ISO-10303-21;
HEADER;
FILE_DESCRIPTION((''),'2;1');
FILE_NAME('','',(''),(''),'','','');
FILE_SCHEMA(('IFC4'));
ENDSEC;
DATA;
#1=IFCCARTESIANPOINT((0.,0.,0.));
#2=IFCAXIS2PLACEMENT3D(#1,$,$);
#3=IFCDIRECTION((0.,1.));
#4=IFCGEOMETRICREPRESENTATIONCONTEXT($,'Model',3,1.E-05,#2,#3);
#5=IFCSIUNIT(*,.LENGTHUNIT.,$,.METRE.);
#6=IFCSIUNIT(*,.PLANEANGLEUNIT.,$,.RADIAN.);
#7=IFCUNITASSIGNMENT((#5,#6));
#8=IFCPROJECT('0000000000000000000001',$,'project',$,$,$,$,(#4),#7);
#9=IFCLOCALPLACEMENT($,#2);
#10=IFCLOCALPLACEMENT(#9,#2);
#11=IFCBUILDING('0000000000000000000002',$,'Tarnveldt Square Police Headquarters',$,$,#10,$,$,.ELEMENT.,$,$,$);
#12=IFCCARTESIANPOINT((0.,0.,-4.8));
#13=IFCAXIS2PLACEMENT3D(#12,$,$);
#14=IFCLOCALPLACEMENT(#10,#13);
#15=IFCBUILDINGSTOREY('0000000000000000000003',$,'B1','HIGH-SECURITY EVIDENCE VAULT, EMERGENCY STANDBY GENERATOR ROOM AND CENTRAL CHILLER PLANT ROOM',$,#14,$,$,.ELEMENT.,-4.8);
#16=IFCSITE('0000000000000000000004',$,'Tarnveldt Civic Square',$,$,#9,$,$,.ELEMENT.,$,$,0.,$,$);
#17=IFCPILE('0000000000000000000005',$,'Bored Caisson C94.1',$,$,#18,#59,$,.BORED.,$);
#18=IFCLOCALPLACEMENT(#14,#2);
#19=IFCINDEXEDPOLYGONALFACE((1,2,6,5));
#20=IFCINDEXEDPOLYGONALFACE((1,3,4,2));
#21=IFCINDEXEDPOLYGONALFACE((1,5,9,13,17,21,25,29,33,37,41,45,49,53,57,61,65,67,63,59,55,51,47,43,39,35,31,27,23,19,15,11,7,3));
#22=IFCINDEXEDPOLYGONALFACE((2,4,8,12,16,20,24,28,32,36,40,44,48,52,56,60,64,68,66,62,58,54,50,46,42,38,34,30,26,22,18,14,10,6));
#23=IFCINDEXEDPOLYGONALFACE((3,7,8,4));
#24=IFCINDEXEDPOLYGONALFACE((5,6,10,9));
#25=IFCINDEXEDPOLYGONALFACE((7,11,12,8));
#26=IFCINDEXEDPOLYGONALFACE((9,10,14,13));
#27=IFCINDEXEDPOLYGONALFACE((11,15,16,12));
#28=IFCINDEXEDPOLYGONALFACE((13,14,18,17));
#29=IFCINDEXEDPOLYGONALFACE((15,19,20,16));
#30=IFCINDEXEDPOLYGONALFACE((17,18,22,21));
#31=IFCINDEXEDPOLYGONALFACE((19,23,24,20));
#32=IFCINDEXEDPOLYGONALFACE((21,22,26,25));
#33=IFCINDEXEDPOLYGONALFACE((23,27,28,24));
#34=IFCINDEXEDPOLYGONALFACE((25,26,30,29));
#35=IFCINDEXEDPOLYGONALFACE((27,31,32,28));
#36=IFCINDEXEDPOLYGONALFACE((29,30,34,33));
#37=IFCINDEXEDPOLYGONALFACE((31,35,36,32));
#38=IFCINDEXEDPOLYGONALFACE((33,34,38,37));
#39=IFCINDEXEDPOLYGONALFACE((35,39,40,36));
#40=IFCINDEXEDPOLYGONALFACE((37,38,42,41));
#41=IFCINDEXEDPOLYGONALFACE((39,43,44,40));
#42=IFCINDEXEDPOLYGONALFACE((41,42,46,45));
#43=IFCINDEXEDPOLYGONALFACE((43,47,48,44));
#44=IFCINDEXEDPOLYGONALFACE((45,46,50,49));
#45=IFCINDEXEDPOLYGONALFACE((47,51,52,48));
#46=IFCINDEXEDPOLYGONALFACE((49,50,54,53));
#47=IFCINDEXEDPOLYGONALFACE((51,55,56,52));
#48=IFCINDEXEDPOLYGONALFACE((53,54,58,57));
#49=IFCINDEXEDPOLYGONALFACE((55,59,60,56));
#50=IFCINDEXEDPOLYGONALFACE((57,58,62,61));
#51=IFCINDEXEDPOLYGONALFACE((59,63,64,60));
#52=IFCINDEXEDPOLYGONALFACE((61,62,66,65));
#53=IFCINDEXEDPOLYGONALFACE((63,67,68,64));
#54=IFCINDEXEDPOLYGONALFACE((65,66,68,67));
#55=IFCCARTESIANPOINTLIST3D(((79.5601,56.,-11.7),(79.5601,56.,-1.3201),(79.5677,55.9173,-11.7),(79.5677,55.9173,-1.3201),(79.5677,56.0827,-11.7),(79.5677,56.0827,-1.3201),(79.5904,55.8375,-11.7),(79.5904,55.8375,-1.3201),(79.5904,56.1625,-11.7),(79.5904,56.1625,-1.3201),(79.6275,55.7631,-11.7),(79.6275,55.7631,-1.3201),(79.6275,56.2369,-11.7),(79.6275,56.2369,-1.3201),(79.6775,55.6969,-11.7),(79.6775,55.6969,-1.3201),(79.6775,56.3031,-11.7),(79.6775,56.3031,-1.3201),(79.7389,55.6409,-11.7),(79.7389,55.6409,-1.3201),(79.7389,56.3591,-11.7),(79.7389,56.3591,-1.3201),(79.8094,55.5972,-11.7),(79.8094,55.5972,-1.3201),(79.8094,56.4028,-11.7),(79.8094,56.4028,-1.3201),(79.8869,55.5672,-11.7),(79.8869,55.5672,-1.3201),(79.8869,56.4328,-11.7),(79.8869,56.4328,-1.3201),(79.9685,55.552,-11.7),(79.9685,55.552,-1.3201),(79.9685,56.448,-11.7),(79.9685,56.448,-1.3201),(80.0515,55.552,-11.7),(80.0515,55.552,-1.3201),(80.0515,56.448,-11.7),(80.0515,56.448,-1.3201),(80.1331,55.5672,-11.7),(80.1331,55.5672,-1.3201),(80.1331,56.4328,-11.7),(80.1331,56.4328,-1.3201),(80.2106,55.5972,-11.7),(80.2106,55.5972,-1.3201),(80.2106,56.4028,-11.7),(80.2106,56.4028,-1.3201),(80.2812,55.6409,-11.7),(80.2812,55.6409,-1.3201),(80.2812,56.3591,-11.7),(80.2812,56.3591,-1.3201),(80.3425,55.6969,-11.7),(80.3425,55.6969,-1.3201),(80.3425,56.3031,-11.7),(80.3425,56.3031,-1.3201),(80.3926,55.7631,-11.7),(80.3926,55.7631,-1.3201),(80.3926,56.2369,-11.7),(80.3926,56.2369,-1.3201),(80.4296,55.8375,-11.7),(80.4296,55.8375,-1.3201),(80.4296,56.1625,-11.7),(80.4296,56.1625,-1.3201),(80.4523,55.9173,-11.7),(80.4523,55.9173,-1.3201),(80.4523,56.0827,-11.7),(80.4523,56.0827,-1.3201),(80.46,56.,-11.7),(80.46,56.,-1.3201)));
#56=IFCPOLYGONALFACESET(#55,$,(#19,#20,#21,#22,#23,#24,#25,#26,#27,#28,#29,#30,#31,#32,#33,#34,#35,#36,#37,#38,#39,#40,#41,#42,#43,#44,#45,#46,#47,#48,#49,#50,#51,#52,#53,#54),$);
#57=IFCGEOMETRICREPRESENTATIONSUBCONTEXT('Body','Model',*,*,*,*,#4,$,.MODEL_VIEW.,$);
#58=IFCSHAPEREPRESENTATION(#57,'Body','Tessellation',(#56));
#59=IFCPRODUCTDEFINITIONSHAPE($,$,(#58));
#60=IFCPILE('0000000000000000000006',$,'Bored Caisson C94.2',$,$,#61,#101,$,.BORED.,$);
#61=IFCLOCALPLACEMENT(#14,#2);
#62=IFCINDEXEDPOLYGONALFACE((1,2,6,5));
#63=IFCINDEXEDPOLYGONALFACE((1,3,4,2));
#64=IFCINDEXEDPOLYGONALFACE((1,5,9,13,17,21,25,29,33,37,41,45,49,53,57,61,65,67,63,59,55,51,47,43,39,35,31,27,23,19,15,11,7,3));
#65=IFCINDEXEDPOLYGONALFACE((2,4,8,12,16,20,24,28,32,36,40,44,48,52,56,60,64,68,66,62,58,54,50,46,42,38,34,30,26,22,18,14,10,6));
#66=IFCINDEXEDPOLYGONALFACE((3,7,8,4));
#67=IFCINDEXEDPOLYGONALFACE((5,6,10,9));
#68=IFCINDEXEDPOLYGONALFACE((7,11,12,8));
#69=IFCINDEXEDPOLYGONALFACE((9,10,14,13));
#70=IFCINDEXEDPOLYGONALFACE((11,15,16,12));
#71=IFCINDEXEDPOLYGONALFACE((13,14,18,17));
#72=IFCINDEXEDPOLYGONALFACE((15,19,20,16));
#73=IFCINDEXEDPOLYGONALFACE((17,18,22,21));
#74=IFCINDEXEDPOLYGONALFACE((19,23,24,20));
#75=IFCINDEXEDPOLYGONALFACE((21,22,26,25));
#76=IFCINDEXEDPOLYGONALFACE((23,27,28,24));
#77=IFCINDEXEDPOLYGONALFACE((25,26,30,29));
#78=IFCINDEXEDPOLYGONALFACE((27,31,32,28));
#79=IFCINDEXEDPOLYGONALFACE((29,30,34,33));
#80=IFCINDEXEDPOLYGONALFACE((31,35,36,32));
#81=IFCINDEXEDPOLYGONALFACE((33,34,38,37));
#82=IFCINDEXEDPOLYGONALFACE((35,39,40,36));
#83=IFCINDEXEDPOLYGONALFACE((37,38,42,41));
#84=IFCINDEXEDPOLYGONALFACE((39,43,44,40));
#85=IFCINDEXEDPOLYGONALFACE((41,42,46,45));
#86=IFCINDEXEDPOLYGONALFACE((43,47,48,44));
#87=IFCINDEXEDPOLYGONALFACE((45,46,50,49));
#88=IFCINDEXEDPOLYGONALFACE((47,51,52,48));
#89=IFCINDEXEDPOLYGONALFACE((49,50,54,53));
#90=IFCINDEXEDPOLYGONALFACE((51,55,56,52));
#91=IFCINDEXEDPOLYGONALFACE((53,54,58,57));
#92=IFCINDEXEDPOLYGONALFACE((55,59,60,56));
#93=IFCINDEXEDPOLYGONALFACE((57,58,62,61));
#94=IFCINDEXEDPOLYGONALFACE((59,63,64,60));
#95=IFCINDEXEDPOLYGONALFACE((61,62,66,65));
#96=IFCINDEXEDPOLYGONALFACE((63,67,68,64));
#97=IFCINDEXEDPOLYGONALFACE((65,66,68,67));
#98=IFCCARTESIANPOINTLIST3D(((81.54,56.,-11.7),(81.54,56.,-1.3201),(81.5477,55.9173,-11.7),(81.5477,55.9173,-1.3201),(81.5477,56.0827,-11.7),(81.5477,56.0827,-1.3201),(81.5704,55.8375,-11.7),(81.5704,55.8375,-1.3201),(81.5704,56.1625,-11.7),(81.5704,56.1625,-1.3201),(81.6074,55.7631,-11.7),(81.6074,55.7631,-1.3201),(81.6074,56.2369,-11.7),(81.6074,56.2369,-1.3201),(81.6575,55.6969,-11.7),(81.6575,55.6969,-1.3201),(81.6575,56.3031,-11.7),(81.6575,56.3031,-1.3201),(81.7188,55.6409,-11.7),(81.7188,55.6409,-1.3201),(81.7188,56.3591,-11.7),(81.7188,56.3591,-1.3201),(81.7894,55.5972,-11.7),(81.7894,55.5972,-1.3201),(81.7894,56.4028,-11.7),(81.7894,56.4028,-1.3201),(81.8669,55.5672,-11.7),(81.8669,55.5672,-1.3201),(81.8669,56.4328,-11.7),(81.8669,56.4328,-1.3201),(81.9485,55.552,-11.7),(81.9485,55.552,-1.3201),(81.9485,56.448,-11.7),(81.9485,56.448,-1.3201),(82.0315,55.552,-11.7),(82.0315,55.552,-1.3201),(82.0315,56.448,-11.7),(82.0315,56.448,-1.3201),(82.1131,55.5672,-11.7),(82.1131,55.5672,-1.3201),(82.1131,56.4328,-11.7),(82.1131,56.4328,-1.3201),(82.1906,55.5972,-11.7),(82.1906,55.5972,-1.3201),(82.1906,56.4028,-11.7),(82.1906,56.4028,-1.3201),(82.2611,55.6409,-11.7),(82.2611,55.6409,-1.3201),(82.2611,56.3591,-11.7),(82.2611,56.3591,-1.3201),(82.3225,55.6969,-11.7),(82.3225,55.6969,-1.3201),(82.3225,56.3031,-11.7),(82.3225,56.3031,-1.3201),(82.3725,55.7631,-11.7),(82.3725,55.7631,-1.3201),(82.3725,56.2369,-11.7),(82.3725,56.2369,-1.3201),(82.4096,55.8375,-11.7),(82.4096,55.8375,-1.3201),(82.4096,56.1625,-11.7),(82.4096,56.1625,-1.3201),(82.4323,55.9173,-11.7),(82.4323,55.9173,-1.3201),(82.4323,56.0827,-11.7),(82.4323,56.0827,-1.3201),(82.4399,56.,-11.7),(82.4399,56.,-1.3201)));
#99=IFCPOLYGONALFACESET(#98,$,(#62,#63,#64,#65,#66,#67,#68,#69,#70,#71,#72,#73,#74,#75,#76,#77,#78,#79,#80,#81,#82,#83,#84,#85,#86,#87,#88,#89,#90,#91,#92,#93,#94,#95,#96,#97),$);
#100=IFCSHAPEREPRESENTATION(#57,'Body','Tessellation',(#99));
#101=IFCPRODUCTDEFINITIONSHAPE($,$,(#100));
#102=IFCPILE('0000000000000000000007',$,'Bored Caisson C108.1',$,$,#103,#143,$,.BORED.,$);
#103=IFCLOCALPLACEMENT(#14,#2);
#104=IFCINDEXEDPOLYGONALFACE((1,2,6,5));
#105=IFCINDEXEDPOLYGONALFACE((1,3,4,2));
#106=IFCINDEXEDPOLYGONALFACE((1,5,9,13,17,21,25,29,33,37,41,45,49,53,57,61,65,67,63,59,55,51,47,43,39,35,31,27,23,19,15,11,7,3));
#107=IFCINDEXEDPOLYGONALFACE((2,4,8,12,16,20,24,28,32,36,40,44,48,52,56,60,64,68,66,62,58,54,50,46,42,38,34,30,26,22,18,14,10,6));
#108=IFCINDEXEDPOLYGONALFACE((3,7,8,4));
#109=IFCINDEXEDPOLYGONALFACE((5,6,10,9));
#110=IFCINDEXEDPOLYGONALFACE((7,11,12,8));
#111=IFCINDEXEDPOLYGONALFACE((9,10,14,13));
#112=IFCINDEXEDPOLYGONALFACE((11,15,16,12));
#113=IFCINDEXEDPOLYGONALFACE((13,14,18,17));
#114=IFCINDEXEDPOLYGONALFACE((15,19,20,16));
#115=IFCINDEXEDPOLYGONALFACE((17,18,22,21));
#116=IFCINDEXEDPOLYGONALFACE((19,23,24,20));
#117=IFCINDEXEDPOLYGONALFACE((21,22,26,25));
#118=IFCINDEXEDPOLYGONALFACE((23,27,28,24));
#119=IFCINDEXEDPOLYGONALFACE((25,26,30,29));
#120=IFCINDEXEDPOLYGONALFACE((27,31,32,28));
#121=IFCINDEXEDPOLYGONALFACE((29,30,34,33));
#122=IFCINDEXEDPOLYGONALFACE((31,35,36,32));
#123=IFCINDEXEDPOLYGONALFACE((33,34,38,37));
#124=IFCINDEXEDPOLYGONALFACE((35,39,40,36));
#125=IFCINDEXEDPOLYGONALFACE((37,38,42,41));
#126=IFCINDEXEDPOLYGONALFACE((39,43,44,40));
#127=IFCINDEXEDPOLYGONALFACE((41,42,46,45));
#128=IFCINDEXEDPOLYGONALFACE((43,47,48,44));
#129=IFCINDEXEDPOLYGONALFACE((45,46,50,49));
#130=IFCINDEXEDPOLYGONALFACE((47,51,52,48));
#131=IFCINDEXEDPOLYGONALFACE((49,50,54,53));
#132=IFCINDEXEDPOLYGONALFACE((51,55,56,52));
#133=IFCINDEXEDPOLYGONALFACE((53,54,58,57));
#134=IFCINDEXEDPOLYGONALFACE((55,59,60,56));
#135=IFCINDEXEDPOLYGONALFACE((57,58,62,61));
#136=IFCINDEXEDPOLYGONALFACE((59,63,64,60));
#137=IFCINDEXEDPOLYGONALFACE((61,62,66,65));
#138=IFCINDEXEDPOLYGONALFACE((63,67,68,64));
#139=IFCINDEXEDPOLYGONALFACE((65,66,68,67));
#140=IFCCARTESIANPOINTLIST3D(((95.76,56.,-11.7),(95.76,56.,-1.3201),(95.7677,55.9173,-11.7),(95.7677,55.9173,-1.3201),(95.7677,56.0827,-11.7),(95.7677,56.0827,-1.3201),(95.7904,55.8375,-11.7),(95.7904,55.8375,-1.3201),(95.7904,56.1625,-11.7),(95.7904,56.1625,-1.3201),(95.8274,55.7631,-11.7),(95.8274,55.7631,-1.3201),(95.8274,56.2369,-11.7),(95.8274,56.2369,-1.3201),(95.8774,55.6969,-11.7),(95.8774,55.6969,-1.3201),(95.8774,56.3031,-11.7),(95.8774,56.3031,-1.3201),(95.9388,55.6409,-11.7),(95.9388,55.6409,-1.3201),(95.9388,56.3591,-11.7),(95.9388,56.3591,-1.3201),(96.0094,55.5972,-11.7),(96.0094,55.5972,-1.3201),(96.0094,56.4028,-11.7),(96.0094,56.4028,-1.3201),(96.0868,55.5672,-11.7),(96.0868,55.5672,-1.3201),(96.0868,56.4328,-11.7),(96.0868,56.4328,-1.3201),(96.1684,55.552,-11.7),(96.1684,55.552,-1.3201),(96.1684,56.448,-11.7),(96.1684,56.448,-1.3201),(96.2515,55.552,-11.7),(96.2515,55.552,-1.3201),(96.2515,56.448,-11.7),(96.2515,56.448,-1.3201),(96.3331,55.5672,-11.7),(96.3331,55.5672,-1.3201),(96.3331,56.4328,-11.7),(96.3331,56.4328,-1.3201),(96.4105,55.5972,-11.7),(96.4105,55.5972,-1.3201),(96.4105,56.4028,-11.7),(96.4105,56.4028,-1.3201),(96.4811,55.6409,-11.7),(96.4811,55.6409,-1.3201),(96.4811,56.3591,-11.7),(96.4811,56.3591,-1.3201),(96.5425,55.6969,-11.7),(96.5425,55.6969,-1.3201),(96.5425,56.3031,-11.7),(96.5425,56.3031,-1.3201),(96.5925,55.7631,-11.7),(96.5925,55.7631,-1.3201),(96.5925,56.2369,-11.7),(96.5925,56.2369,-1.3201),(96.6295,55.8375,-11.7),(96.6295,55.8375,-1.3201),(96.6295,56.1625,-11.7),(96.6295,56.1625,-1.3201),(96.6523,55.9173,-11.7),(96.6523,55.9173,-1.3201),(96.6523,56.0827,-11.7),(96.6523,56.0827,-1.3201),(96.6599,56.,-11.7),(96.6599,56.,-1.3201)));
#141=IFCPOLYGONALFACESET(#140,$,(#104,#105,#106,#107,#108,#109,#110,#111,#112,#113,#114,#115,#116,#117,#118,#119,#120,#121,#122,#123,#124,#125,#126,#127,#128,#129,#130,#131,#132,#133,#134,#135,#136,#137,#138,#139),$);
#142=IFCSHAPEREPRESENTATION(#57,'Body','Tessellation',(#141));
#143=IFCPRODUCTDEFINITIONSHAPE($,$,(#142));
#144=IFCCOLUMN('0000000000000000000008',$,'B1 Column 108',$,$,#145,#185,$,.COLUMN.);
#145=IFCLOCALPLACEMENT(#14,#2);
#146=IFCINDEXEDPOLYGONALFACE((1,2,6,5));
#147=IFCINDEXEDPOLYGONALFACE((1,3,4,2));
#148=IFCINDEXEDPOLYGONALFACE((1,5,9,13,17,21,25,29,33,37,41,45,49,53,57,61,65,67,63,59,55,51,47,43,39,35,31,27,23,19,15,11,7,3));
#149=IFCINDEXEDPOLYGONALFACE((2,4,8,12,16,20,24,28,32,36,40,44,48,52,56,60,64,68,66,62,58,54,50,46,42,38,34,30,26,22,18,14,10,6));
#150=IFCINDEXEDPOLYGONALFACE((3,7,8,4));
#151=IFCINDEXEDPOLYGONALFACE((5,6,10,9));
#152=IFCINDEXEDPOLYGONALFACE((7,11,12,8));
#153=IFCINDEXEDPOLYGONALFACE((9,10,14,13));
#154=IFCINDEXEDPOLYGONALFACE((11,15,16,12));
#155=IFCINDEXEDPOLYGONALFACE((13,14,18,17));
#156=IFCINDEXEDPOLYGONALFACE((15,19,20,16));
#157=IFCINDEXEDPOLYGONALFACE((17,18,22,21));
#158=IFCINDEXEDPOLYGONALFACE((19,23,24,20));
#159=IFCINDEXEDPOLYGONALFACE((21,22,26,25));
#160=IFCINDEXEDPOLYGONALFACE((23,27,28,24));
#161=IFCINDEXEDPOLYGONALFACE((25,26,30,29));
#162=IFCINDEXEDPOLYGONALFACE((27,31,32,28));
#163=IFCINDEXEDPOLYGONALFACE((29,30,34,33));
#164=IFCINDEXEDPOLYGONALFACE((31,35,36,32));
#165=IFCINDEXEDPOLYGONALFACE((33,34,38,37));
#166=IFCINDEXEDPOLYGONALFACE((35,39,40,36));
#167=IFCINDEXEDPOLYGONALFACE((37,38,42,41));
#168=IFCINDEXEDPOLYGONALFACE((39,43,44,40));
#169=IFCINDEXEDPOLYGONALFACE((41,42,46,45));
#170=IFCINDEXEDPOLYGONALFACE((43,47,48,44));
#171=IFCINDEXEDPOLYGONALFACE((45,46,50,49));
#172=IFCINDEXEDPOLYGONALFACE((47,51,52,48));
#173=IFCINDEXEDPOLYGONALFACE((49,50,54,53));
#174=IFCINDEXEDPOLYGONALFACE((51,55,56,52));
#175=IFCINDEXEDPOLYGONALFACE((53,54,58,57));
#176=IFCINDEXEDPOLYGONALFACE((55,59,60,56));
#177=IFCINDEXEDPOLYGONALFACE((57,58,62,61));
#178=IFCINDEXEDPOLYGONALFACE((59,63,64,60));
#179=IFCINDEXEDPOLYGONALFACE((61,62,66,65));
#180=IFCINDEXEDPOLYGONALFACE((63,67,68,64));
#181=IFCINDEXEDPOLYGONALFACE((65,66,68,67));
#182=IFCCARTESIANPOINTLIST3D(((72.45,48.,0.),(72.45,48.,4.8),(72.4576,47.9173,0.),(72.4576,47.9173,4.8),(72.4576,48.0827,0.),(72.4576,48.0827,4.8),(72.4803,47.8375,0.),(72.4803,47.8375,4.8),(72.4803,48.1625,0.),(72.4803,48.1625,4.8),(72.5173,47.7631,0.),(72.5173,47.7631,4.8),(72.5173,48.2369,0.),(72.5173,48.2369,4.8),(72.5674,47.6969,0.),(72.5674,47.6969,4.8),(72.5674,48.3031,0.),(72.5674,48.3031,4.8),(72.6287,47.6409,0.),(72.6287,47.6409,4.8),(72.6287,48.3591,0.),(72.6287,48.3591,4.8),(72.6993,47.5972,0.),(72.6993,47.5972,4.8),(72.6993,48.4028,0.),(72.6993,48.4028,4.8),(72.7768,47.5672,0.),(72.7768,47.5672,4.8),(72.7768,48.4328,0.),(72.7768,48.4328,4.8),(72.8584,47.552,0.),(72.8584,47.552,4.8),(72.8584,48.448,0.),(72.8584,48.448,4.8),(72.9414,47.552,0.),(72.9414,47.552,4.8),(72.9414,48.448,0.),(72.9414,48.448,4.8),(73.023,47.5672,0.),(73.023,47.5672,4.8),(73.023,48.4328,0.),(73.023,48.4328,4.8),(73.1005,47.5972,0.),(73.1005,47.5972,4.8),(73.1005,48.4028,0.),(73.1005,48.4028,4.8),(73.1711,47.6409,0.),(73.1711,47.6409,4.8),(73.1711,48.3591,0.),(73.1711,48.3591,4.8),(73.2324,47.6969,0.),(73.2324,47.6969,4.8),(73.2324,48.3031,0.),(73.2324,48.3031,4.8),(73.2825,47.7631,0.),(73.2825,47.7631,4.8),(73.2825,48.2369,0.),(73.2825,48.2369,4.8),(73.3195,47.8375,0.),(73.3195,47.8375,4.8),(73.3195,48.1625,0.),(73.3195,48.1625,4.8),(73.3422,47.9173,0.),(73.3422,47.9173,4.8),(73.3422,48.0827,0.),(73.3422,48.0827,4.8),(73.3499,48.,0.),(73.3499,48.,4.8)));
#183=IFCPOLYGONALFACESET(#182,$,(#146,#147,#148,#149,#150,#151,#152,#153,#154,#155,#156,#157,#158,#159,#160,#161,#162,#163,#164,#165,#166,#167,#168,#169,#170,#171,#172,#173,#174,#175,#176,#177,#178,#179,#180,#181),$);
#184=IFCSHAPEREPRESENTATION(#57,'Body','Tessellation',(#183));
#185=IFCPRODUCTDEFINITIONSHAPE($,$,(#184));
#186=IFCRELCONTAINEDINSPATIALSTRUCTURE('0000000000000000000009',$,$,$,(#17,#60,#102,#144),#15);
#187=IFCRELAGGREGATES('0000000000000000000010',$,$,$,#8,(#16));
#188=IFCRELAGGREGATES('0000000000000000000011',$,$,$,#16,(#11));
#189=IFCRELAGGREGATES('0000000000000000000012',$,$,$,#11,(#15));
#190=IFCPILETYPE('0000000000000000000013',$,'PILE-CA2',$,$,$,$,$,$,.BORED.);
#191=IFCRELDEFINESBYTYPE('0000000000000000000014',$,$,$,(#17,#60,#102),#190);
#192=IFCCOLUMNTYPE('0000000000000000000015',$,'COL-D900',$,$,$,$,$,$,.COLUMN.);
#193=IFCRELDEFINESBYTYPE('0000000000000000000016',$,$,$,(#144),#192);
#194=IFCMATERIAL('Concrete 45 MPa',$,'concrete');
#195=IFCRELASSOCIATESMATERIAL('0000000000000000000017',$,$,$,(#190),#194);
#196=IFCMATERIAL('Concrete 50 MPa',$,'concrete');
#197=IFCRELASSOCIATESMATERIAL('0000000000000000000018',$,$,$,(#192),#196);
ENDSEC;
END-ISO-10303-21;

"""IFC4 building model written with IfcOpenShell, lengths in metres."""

from ifc_helpers import new_model, si_unit, direction, frame, origin, origin_2d, place, context, subcontext, project, spatial, circle, extrude, material, material_profile, profile_set, type_object, element, save


model = new_model("IFC4")

# Units and contexts
model_context = context("Model", 3, precision=1e-05, world=origin(), true_north=direction((0.0, 1.0)))
body_context = subcontext(model_context, "Body", "Model", "MODEL_VIEW")
ifc_project = project(units=[si_unit("LENGTHUNIT", "METRE"), si_unit("PLANEANGLEUNIT", "RADIAN")], contexts=[model_context])

# Site, building, storey
site_placement = place(None, origin())
site = spatial("IfcSite", under=ifc_project, at=site_placement, Name="Tarnveldt Civic Square", CompositionType="ELEMENT", RefElevation=0.0)
building_placement = place(site_placement, origin())
building = spatial("IfcBuilding", under=site, at=building_placement, Name="Tarnveldt Square Police Headquarters", CompositionType="ELEMENT")
storey_placement = place(building_placement, frame((0.0, 0.0, -4.8)))
storey = spatial("IfcBuildingStorey", under=building, at=storey_placement, Name="B1", Description="HIGH-SECURITY EVIDENCE VAULT, EMERGENCY STANDBY GENERATOR ROOM AND CENTRAL CHILLER PLANT ROOM", CompositionType="ELEMENT", Elevation=-4.8)

# Shared definitions
ifc_material_1 = material(Name="Concrete 45 MPa", Category="concrete")

# Piles
ifc_material_profile_1 = material_profile(ifc_material_1, circle(Radius=0.45, at=origin_2d()), Name="CAISSON-D900")
ifc_profile_set_1 = profile_set([ifc_material_profile_1], Name="Concrete 45 MPa")
pile_type_1 = type_object("IfcPileType", Name="PILE-CA2", PredefinedType="BORED", material=ifc_profile_set_1)
for number, where, z_axis, x_axis, name in (
    (1, (80.01, 56.0, -1.3201), (0.0, 0.0, -1.0), (1.0, 0.0, 0.0), "Bored Caisson C94.1"),
    (2, (81.99, 56.0, -1.3201), (0.0, 0.0, -1.0), (1.0, 0.0, 0.0), "Bored Caisson C94.2"),
    (3, (96.21, 56.0, -1.3201), (0.0, 0.0, -1.0), (1.0, 0.0, 0.0), "Bored Caisson C108.1"),
):
    element("IfcPile", number, at=place(storey_placement, frame(where, z_axis=z_axis, x_axis=x_axis)), inside=storey, type_object=pile_type_1, Name=name, PredefinedType="BORED", context=body_context, shape_type="SweptSolid", body=[
        extrude(circle(Radius=0.45, at=origin_2d()), origin(), (0.0, 0.0, 1.0), 10.3799),
    ])

# Column
ifc_material_2 = material(Name="Concrete 50 MPa", Category="concrete")
ifc_material_profile_2 = material_profile(ifc_material_2, circle(Radius=0.45, at=origin_2d()), Name="RC-D900")
ifc_profile_set_2 = profile_set([ifc_material_profile_2], Name="Concrete 50 MPa")
column_type_1 = type_object("IfcColumnType", Name="COL-D900", PredefinedType="COLUMN", material=ifc_profile_set_2)
for number, where, z_axis, x_axis, name in (
    (4, (72.8999, 48.0, 0.0), (0.0, 0.0, 1.0), (1.0, 0.0, 0.0), "B1 Column 108"),
):
    element("IfcColumn", number, at=place(storey_placement, frame(where, z_axis=z_axis, x_axis=x_axis)), inside=storey, type_object=column_type_1, Name=name, PredefinedType="COLUMN", context=body_context, shape_type="SweptSolid", body=[
        extrude(circle(Radius=0.45, at=origin_2d()), origin(), (0.0, 0.0, 1.0), 4.8),
    ])

save(model, "model.ifc")
